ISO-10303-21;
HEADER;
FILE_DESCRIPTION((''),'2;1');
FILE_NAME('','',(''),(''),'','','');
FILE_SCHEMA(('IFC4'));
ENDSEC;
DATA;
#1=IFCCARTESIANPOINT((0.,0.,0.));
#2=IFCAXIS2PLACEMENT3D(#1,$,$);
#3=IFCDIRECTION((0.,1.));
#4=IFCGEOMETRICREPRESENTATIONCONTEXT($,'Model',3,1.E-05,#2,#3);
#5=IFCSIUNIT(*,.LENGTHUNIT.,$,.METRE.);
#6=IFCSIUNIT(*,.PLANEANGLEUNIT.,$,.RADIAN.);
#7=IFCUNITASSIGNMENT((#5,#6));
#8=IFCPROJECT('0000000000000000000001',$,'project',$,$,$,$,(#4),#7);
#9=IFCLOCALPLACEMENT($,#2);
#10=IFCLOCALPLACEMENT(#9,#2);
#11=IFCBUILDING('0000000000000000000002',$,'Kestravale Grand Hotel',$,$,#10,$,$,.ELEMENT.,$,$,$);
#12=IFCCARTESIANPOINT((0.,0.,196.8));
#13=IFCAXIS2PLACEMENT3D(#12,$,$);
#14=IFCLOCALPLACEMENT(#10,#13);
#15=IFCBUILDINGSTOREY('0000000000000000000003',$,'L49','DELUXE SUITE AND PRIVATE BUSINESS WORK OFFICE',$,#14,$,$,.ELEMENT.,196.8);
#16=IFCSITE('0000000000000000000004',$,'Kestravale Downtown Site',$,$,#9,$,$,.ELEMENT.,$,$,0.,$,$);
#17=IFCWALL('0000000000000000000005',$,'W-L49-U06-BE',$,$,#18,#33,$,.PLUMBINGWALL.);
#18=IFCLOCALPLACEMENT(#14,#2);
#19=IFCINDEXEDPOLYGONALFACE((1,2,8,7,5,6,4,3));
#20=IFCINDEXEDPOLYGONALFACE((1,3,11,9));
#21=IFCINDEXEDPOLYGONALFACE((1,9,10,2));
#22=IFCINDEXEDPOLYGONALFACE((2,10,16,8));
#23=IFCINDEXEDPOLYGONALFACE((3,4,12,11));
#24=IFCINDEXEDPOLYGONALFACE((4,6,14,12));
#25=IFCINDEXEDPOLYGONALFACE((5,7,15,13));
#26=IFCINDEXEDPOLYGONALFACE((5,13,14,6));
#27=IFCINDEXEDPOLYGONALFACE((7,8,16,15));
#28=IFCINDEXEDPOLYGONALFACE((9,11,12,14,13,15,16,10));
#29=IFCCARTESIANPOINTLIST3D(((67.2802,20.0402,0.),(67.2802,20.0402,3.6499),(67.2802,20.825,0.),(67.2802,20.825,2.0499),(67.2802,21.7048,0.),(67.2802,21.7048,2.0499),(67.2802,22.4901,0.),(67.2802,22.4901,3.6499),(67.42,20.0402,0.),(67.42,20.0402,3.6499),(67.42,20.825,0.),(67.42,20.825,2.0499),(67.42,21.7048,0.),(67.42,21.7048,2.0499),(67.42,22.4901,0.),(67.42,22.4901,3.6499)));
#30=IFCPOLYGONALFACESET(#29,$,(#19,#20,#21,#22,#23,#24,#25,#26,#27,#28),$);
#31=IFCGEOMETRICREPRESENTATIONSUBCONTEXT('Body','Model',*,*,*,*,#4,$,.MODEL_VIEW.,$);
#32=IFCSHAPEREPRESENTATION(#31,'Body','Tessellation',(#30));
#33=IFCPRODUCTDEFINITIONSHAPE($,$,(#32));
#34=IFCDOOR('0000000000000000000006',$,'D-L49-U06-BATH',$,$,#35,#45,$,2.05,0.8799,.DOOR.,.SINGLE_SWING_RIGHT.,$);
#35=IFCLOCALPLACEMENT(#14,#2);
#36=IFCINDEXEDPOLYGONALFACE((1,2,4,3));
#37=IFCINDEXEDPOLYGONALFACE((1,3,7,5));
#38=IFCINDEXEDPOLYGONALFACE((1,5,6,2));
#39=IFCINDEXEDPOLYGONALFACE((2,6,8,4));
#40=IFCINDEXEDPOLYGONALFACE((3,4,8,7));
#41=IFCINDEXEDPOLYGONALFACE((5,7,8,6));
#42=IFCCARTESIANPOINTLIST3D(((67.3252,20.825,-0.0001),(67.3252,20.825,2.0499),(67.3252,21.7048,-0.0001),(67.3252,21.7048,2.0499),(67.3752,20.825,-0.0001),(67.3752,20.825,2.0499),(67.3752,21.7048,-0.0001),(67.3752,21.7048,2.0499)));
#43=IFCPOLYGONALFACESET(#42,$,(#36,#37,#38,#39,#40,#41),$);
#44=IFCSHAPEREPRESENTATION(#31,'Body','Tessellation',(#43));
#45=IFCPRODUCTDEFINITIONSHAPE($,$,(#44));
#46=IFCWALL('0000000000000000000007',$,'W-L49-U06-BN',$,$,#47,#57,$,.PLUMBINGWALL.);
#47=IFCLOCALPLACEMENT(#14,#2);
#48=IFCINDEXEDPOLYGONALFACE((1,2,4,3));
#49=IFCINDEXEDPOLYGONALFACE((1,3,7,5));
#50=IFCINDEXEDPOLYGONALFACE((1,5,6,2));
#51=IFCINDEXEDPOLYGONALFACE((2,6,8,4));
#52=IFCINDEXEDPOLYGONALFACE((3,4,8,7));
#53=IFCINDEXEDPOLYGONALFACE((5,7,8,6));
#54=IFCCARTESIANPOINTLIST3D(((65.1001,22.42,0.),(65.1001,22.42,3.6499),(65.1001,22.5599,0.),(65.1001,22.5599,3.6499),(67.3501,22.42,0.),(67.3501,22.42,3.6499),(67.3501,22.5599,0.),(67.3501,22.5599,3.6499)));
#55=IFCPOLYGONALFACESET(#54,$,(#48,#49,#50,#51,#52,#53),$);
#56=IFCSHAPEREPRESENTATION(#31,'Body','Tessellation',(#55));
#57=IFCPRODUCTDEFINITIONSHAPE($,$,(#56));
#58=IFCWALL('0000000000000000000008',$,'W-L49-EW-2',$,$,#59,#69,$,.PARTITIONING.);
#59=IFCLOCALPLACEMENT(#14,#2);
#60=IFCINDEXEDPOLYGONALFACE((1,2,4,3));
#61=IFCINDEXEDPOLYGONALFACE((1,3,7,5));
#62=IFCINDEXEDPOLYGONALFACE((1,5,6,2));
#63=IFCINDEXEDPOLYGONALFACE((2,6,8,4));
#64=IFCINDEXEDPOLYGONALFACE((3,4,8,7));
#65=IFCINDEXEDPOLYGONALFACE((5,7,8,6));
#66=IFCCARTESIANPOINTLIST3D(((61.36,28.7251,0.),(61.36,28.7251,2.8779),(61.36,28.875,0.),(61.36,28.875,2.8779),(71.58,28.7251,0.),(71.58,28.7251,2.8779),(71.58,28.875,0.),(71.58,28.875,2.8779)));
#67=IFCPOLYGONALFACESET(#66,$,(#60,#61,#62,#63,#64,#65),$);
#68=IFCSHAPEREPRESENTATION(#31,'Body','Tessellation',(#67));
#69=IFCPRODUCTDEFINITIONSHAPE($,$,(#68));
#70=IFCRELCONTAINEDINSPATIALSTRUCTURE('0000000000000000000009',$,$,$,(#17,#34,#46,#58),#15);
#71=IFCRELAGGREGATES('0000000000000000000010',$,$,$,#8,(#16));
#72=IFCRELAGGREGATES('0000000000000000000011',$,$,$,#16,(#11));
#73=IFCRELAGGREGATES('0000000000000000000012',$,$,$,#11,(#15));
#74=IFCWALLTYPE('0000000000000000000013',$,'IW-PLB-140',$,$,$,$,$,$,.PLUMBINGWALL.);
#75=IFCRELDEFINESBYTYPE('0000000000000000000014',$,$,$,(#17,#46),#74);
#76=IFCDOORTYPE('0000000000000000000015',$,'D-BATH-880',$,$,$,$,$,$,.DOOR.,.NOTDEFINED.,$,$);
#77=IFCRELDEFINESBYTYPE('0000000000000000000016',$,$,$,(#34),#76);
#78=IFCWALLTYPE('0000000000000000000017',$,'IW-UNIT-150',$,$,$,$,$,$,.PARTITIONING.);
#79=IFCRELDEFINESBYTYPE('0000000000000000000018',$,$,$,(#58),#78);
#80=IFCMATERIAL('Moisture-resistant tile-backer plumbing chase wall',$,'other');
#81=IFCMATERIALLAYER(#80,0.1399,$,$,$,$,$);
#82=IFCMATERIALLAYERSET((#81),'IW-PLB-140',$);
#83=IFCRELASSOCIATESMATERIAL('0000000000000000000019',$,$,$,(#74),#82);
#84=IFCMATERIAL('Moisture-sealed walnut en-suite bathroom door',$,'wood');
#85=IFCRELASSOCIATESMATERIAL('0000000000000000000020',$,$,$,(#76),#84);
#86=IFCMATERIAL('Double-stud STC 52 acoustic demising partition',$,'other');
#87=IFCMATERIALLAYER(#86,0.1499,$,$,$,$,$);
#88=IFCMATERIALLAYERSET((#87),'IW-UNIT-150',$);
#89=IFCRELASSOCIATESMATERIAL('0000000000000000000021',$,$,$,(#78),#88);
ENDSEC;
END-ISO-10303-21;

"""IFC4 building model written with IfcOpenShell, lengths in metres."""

from ifc_helpers import new_model, si_unit, direction, frame, frame_2d, origin, place, context, subcontext, project, spatial, rectangle, extrude, material, layer, layer_set, type_object, element, fill, save


model = new_model("IFC4")

# Units and contexts
model_context = context("Model", 3, precision=1e-05, world=origin(), true_north=direction((0.0, 1.0)))
body_context = subcontext(model_context, "Body", "Model", "MODEL_VIEW")
ifc_project = project(units=[si_unit("LENGTHUNIT", "METRE"), si_unit("PLANEANGLEUNIT", "RADIAN")], contexts=[model_context])

# Site, building, storey
site_placement = place(None, origin())
site = spatial("IfcSite", under=ifc_project, at=site_placement, Name="Kestravale Downtown Site", CompositionType="ELEMENT", RefElevation=0.0)
building_placement = place(site_placement, origin())
building = spatial("IfcBuilding", under=site, at=building_placement, Name="Kestravale Grand Hotel", CompositionType="ELEMENT")
storey_placement = place(building_placement, frame((0.0, 0.0, 196.8)))
storey = spatial("IfcBuildingStorey", under=building, at=storey_placement, Name="L49", Description="DELUXE SUITE AND PRIVATE BUSINESS WORK OFFICE", CompositionType="ELEMENT", Elevation=196.8)

# Shared definitions
ifc_material_1 = material(Name="Moisture-resistant tile-backer plumbing chase wall", Category="other")
ifc_layer_1 = layer(ifc_material_1, 0.1399)
ifc_layer_set_1 = layer_set([ifc_layer_1], Name="IW-PLB-140")
wall_type_1 = type_object("IfcWallType", Name="IW-PLB-140", PredefinedType="PLUMBINGWALL", material=ifc_layer_set_1)

# Wall, opening, door
wall_1_placement = place(storey_placement, frame((67.3501, 20.04, 0.0), z_axis=(0.0, 0.0, 1.0), x_axis=(0.0, 1.0, 0.0)))
wall_1 = element("IfcWall", 1, at=wall_1_placement, inside=storey, type_object=wall_type_1, Name="W-L49-U06-BE", PredefinedType="PLUMBINGWALL", context=body_context, shape_type="SweptSolid", body=[
    extrude(rectangle(XDim=2.45, YDim=0.1399, at=frame_2d((1.2251, 0.0))), origin(), (0.0, 0.0, 1.0), 3.6499),
])
opening_placement = place(wall_1_placement, frame((0.7849, 0.0, 0.0)))
opening = element("IfcOpeningElement", 2, at=opening_placement, cuts=wall_1, PredefinedType="OPENING", context=body_context, shape_type="SweptSolid", body=[
    extrude(rectangle(XDim=0.8799, YDim=2.05, at=frame_2d((0.4399, 1.0249))), frame((0.0, 0.0798, 0.0), z_axis=(0.0, -1.0, 0.0), x_axis=(1.0, 0.0, 0.0)), (0.0, 0.0, 1.0), 0.1599),
])
ifc_material_2 = material(Name="Moisture-sealed walnut en-suite bathroom door", Category="wood")
door_type = type_object("IfcDoorType", Name="D-BATH-880", OperationType="NOTDEFINED", PredefinedType="DOOR", material=ifc_material_2)
door_placement = place(opening_placement, origin())
door = element("IfcDoor", 3, at=door_placement, inside=storey, type_object=door_type, Name="D-L49-U06-BATH", OperationType="SINGLE_SWING_RIGHT", OverallHeight=2.05, OverallWidth=0.8799, PredefinedType="DOOR", context=body_context, shape_type="SweptSolid", body=[
    extrude(rectangle(XDim=0.8799, YDim=2.05, at=frame_2d((0.4399, 1.0249))), frame((0.0, 0.0249, 0.0), z_axis=(0.0, -1.0, 0.0), x_axis=(1.0, 0.0, 0.0)), (0.0, 0.0, 1.0), 0.05),
])
fill(opening, door)

# Walls
wall_2_placement = place(storey_placement, frame((65.1001, 22.49, 0.0), z_axis=(0.0, 0.0, 1.0), x_axis=(1.0, 0.0, 0.0)))
element("IfcWall", 4, at=wall_2_placement, inside=storey, type_object=wall_type_1, Name="W-L49-U06-BN", PredefinedType="PLUMBINGWALL", context=body_context, shape_type="SweptSolid", body=[
    extrude(rectangle(XDim=2.25, YDim=0.1399, at=frame_2d((1.125, 0.0))), origin(), (0.0, 0.0, 1.0), 3.6499),
])
ifc_material_3 = material(Name="Double-stud STC 52 acoustic demising partition", Category="other")
ifc_layer_2 = layer(ifc_material_3, 0.1499)
ifc_layer_set_2 = layer_set([ifc_layer_2], Name="IW-UNIT-150")
wall_type_2 = type_object("IfcWallType", Name="IW-UNIT-150", PredefinedType="PARTITIONING", material=ifc_layer_set_2)
wall_3_placement = place(storey_placement, frame((61.3601, 28.8, 0.0), z_axis=(0.0, 0.0, 1.0), x_axis=(1.0, 0.0, 0.0)))
element("IfcWall", 5, at=wall_3_placement, inside=storey, type_object=wall_type_2, Name="W-L49-EW-2", PredefinedType="PARTITIONING", context=body_context, shape_type="SweptSolid", body=[
    extrude(rectangle(XDim=10.22, YDim=0.1499, at=frame_2d((5.1099, 0.0))), origin(), (0.0, 0.0, 1.0), 2.8779),
])

save(model, "model.ifc")
